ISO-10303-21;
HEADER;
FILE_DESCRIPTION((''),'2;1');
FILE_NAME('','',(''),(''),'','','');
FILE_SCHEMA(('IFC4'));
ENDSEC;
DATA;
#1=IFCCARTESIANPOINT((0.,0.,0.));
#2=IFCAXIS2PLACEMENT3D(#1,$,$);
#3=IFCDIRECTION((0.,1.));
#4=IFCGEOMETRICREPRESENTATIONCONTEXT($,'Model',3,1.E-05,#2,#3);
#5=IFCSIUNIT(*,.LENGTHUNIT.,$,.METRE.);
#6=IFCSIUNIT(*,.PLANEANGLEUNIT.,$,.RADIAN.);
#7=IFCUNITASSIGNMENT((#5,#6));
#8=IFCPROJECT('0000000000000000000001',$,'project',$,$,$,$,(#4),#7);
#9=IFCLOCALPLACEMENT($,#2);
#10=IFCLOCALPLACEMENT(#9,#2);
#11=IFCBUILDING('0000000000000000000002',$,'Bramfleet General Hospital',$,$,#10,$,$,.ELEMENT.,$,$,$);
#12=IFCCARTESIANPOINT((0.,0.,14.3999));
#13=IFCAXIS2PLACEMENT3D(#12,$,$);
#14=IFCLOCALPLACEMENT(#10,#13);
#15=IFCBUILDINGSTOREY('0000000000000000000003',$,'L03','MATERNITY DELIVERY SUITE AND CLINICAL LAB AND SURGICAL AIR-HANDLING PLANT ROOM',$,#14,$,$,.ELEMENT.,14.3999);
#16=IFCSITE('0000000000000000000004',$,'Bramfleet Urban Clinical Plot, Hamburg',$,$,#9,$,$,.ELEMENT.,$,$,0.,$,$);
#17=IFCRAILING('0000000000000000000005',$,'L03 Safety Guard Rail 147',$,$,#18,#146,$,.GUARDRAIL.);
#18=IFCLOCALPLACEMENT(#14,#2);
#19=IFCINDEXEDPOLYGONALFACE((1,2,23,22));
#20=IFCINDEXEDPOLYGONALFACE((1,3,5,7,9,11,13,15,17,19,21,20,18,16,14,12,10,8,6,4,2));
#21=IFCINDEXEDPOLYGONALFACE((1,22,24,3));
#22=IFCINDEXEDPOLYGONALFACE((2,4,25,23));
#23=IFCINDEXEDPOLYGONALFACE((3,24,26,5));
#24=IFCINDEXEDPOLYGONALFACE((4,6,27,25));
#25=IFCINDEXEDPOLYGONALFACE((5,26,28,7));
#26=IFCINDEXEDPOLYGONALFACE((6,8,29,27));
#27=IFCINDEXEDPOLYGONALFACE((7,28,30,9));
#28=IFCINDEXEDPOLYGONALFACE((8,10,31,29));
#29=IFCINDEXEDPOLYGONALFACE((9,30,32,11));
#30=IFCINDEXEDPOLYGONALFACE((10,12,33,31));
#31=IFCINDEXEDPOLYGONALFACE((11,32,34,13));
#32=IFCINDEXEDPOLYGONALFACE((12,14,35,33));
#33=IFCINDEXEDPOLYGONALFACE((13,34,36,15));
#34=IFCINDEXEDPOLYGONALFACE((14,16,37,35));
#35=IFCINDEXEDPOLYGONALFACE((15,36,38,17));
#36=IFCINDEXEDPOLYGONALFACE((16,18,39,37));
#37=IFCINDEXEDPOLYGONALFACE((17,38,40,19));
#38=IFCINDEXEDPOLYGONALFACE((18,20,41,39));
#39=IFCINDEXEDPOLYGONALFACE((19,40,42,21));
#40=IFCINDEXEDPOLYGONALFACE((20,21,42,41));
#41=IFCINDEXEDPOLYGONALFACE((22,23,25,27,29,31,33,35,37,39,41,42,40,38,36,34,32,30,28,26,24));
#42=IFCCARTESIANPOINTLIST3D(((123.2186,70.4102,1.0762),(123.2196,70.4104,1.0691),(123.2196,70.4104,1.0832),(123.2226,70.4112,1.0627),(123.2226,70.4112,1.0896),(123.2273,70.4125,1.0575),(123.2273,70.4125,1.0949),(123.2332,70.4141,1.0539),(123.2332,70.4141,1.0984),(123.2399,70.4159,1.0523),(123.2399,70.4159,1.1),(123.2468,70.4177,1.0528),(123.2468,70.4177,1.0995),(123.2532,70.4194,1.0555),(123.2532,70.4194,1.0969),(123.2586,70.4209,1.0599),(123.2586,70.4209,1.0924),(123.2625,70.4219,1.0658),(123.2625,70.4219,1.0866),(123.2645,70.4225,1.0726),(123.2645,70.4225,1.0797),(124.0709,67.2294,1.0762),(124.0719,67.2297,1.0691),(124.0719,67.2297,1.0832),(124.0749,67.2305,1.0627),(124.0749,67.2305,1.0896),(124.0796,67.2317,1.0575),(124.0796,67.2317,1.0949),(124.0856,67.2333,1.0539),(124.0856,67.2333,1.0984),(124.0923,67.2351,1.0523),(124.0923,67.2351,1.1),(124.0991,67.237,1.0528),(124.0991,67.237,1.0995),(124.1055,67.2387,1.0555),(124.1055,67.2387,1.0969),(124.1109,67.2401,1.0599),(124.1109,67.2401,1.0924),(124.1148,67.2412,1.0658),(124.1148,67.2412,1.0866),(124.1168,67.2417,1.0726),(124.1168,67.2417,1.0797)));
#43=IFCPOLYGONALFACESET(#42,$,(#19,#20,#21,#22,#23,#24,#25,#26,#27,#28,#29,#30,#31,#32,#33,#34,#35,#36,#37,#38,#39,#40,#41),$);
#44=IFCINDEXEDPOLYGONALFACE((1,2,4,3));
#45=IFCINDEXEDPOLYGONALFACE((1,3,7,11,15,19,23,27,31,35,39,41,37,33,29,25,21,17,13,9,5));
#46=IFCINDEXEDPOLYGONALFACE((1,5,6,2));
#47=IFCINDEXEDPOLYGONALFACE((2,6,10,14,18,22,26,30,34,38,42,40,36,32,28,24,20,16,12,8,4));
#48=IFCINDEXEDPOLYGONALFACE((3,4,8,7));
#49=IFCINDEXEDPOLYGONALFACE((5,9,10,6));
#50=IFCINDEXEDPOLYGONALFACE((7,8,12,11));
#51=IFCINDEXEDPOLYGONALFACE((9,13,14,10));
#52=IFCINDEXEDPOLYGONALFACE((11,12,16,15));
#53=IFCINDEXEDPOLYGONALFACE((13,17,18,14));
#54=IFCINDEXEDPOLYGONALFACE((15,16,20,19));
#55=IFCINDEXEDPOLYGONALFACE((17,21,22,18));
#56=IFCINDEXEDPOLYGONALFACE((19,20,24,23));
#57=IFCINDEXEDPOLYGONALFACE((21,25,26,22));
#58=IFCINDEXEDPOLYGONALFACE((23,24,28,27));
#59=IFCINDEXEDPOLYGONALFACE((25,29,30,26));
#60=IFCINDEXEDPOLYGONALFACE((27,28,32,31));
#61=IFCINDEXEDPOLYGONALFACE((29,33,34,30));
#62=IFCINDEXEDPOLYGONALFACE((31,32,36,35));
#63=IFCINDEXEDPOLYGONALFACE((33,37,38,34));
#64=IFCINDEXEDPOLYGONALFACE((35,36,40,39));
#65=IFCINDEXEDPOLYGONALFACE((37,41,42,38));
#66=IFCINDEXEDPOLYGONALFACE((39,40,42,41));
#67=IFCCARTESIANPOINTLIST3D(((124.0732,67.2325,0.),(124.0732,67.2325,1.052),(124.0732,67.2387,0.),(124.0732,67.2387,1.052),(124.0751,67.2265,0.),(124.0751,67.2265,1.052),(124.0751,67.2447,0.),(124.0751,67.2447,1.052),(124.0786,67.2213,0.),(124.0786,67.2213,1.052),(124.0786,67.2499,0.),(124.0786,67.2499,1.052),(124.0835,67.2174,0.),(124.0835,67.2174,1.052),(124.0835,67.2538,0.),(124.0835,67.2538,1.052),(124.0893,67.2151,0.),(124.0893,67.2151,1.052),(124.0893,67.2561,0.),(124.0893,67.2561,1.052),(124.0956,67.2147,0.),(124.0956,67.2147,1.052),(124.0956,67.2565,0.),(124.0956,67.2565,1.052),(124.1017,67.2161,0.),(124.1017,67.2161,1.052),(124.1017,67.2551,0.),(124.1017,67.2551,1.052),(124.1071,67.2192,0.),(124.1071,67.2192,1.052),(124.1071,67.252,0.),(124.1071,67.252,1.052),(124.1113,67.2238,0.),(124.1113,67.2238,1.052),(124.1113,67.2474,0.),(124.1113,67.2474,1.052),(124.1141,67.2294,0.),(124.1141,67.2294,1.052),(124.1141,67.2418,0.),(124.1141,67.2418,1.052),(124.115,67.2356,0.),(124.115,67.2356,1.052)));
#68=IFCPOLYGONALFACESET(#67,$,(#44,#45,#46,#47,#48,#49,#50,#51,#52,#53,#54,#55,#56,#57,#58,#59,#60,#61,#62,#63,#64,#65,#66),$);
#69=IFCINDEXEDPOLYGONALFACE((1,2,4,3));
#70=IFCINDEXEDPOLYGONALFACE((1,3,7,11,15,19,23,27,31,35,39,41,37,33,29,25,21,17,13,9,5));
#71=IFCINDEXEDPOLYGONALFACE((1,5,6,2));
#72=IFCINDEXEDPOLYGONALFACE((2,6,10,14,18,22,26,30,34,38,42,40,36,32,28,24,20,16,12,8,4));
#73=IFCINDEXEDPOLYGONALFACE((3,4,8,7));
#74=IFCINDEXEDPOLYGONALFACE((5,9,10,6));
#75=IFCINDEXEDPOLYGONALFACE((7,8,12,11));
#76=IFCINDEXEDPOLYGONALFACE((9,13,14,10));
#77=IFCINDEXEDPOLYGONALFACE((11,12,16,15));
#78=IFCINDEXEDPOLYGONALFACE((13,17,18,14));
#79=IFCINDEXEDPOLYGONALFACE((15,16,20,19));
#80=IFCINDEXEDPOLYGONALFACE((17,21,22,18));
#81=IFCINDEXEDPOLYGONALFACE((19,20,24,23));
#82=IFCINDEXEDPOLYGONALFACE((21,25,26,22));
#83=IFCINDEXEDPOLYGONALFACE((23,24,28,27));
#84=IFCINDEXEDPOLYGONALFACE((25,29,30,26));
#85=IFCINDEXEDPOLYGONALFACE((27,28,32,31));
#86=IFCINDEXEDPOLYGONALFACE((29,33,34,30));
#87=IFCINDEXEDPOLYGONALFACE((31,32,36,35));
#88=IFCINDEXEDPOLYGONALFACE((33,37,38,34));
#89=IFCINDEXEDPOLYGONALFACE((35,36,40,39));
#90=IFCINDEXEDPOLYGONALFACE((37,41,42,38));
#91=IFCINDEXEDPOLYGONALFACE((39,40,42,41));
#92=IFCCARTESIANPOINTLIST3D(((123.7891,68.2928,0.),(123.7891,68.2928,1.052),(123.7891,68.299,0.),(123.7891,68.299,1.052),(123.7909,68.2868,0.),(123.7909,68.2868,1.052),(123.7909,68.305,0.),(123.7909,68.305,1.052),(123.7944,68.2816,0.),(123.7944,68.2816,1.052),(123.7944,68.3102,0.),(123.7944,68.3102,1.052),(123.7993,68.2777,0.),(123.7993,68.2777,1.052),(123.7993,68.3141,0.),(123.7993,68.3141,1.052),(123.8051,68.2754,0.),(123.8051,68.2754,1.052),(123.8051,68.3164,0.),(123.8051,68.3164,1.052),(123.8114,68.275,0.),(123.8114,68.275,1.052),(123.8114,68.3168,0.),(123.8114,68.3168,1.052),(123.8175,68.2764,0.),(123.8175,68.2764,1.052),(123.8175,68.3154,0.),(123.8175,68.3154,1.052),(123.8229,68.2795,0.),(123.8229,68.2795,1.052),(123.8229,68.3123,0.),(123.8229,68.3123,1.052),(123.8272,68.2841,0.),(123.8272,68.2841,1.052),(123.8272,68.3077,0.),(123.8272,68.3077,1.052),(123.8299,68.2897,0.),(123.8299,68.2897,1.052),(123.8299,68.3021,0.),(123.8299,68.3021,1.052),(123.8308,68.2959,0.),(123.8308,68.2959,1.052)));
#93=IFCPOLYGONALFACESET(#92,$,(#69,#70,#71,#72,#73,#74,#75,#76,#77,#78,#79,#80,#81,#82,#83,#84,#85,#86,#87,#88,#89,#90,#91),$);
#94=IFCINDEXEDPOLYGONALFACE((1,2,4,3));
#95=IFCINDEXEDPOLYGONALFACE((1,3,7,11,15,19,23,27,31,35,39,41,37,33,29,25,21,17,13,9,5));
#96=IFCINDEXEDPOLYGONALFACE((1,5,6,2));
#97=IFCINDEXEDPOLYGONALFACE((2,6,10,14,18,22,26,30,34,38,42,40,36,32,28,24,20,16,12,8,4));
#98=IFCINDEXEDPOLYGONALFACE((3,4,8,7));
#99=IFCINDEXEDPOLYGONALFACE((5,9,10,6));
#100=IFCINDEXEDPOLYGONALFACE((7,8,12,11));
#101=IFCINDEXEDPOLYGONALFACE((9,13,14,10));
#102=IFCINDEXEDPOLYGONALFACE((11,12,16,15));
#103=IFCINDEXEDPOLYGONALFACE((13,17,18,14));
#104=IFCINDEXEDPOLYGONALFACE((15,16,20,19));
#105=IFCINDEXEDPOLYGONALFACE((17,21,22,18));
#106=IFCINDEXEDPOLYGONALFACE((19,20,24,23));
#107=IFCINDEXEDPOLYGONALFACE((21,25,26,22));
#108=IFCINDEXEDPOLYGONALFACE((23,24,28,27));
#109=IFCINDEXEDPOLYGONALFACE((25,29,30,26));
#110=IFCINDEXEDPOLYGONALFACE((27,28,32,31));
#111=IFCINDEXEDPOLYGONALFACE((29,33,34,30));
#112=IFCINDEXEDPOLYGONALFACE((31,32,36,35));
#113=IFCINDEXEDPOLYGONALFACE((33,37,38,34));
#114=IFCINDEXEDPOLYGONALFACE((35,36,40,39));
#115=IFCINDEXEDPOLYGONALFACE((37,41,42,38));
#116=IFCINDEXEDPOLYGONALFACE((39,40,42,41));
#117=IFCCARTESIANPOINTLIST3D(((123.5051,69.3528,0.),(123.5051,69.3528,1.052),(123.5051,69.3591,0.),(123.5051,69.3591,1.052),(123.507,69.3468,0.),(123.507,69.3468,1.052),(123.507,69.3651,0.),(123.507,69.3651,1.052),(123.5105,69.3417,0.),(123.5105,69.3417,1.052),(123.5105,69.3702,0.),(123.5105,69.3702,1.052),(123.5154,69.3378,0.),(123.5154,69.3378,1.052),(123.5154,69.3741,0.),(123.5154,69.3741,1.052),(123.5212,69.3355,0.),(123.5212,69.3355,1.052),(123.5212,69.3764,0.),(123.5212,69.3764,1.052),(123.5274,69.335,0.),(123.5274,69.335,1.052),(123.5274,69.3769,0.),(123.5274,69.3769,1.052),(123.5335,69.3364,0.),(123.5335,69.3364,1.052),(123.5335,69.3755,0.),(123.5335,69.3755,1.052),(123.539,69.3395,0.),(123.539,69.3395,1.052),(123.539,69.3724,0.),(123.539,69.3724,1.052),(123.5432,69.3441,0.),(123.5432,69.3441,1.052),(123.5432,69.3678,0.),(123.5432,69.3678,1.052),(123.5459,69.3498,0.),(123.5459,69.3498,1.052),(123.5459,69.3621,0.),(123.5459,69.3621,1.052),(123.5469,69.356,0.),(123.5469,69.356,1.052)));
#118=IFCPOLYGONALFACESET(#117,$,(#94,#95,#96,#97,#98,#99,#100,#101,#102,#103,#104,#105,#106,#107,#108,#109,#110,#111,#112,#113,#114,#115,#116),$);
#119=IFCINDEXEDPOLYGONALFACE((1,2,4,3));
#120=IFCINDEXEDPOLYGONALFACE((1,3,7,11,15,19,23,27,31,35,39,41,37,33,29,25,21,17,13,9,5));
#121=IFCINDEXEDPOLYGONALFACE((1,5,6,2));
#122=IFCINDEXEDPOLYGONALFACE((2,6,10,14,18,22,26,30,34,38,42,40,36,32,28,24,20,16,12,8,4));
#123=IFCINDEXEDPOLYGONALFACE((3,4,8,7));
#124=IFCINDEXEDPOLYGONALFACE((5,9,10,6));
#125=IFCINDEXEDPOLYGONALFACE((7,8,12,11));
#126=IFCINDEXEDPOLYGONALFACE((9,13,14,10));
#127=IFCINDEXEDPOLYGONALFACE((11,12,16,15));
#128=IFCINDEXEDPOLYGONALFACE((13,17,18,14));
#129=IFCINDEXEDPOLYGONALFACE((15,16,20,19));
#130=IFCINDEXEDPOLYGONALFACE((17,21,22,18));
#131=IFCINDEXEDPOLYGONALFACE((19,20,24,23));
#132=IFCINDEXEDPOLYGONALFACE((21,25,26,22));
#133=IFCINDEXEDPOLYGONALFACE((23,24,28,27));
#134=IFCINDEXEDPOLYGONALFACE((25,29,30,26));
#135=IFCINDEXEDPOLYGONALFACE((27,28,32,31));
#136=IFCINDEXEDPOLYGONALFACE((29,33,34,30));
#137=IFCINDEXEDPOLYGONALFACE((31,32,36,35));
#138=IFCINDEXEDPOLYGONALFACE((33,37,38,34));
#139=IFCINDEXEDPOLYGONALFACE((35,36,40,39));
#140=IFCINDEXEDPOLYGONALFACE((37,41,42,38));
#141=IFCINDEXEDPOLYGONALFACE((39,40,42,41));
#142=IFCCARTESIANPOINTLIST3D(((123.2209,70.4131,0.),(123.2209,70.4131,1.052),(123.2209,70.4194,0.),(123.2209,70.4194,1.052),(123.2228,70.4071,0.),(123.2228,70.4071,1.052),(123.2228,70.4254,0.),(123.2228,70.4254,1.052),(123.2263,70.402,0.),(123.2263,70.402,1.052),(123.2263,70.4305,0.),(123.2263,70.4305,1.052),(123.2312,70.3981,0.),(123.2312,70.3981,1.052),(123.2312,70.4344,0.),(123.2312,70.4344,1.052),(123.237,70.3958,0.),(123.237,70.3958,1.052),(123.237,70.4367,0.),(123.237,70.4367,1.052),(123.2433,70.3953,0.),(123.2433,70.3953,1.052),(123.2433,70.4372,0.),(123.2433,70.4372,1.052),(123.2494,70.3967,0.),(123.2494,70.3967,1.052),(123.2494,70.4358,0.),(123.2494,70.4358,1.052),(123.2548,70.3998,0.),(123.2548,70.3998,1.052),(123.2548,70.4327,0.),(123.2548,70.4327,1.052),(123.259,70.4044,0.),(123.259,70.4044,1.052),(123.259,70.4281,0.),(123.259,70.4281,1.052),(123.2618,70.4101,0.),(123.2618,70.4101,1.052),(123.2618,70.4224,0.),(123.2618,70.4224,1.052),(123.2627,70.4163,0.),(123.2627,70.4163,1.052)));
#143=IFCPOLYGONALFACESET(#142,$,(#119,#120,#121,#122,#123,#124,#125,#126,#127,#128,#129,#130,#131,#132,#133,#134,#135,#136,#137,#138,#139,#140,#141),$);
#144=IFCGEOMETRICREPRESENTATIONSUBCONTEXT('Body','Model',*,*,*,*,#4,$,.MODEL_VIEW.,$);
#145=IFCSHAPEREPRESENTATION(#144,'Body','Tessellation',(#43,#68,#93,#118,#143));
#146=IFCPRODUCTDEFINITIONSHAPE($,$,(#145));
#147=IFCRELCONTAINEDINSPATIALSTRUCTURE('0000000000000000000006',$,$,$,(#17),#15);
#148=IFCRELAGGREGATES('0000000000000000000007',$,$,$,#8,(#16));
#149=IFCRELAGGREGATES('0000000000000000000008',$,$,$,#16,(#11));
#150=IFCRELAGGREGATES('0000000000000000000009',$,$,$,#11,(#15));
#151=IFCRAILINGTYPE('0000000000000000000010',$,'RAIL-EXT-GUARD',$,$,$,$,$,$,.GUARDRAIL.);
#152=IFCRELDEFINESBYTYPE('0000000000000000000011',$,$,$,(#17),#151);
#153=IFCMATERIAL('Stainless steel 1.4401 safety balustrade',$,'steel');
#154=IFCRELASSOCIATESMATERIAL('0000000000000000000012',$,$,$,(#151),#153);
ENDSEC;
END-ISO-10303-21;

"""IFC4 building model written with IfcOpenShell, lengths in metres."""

from ifc_helpers import new_model, si_unit, direction, frame, origin, origin_2d, place, context, subcontext, project, spatial, circle, extrude, material, type_object, element, save


model = new_model("IFC4")

# Units and contexts
model_context = context("Model", 3, precision=1e-05, world=origin(), true_north=direction((0.0, 1.0)))
body_context = subcontext(model_context, "Body", "Model", "MODEL_VIEW")
ifc_project = project(units=[si_unit("LENGTHUNIT", "METRE"), si_unit("PLANEANGLEUNIT", "RADIAN")], contexts=[model_context])

# Site, building, storey
site_placement = place(None, origin())
site = spatial("IfcSite", under=ifc_project, at=site_placement, Name="Bramfleet Urban Clinical Plot, Hamburg", CompositionType="ELEMENT", RefElevation=0.0)
building_placement = place(site_placement, origin())
building = spatial("IfcBuilding", under=site, at=building_placement, Name="Bramfleet General Hospital", CompositionType="ELEMENT")
storey_placement = place(building_placement, frame((0.0, 0.0, 14.3999)))
storey = spatial("IfcBuildingStorey", under=building, at=storey_placement, Name="L03", Description="MATERNITY DELIVERY SUITE AND CLINICAL LAB AND SURGICAL AIR-HANDLING PLANT ROOM", CompositionType="ELEMENT", Elevation=14.3999)

# Railing
ifc_material_1 = material(Name="Stainless steel 1.4401 safety balustrade", Category="steel")
railing_type = type_object("IfcRailingType", Name="RAIL-EXT-GUARD", PredefinedType="GUARDRAIL", material=ifc_material_1)
railing_placement = place(storey_placement, frame((124.094, 67.2356, 0.0)))
element("IfcRailing", 1, at=railing_placement, inside=storey, type_object=railing_type, Name="L03 Safety Guard Rail 147", PredefinedType="GUARDRAIL", context=body_context, shape_type="SweptSolid", body=[
    extrude(circle(Radius=0.0239, at=origin_2d()), frame((0.0, 0.0, 1.0762), z_axis=(-0.25883, 0.965923, 0.0), x_axis=(-0.965923, -0.25883, 0.0)), (0.0, 0.0, 1.0), 3.293),
    extrude(circle(Radius=0.021, at=origin_2d()), origin(), (0.0, 0.0, 1.0), 1.052),
    extrude(circle(Radius=0.021, at=origin_2d()), frame((-0.2842, 1.0603, 0.0)), (0.0, 0.0, 1.0), 1.052),
    extrude(circle(Radius=0.021, at=origin_2d()), frame((-0.5681, 2.1204, 0.0)), (0.0, 0.0, 1.0), 1.052),
    extrude(circle(Radius=0.021, at=origin_2d()), frame((-0.8523, 3.1807, 0.0)), (0.0, 0.0, 1.0), 1.052),
])

save(model, "model.ifc")
